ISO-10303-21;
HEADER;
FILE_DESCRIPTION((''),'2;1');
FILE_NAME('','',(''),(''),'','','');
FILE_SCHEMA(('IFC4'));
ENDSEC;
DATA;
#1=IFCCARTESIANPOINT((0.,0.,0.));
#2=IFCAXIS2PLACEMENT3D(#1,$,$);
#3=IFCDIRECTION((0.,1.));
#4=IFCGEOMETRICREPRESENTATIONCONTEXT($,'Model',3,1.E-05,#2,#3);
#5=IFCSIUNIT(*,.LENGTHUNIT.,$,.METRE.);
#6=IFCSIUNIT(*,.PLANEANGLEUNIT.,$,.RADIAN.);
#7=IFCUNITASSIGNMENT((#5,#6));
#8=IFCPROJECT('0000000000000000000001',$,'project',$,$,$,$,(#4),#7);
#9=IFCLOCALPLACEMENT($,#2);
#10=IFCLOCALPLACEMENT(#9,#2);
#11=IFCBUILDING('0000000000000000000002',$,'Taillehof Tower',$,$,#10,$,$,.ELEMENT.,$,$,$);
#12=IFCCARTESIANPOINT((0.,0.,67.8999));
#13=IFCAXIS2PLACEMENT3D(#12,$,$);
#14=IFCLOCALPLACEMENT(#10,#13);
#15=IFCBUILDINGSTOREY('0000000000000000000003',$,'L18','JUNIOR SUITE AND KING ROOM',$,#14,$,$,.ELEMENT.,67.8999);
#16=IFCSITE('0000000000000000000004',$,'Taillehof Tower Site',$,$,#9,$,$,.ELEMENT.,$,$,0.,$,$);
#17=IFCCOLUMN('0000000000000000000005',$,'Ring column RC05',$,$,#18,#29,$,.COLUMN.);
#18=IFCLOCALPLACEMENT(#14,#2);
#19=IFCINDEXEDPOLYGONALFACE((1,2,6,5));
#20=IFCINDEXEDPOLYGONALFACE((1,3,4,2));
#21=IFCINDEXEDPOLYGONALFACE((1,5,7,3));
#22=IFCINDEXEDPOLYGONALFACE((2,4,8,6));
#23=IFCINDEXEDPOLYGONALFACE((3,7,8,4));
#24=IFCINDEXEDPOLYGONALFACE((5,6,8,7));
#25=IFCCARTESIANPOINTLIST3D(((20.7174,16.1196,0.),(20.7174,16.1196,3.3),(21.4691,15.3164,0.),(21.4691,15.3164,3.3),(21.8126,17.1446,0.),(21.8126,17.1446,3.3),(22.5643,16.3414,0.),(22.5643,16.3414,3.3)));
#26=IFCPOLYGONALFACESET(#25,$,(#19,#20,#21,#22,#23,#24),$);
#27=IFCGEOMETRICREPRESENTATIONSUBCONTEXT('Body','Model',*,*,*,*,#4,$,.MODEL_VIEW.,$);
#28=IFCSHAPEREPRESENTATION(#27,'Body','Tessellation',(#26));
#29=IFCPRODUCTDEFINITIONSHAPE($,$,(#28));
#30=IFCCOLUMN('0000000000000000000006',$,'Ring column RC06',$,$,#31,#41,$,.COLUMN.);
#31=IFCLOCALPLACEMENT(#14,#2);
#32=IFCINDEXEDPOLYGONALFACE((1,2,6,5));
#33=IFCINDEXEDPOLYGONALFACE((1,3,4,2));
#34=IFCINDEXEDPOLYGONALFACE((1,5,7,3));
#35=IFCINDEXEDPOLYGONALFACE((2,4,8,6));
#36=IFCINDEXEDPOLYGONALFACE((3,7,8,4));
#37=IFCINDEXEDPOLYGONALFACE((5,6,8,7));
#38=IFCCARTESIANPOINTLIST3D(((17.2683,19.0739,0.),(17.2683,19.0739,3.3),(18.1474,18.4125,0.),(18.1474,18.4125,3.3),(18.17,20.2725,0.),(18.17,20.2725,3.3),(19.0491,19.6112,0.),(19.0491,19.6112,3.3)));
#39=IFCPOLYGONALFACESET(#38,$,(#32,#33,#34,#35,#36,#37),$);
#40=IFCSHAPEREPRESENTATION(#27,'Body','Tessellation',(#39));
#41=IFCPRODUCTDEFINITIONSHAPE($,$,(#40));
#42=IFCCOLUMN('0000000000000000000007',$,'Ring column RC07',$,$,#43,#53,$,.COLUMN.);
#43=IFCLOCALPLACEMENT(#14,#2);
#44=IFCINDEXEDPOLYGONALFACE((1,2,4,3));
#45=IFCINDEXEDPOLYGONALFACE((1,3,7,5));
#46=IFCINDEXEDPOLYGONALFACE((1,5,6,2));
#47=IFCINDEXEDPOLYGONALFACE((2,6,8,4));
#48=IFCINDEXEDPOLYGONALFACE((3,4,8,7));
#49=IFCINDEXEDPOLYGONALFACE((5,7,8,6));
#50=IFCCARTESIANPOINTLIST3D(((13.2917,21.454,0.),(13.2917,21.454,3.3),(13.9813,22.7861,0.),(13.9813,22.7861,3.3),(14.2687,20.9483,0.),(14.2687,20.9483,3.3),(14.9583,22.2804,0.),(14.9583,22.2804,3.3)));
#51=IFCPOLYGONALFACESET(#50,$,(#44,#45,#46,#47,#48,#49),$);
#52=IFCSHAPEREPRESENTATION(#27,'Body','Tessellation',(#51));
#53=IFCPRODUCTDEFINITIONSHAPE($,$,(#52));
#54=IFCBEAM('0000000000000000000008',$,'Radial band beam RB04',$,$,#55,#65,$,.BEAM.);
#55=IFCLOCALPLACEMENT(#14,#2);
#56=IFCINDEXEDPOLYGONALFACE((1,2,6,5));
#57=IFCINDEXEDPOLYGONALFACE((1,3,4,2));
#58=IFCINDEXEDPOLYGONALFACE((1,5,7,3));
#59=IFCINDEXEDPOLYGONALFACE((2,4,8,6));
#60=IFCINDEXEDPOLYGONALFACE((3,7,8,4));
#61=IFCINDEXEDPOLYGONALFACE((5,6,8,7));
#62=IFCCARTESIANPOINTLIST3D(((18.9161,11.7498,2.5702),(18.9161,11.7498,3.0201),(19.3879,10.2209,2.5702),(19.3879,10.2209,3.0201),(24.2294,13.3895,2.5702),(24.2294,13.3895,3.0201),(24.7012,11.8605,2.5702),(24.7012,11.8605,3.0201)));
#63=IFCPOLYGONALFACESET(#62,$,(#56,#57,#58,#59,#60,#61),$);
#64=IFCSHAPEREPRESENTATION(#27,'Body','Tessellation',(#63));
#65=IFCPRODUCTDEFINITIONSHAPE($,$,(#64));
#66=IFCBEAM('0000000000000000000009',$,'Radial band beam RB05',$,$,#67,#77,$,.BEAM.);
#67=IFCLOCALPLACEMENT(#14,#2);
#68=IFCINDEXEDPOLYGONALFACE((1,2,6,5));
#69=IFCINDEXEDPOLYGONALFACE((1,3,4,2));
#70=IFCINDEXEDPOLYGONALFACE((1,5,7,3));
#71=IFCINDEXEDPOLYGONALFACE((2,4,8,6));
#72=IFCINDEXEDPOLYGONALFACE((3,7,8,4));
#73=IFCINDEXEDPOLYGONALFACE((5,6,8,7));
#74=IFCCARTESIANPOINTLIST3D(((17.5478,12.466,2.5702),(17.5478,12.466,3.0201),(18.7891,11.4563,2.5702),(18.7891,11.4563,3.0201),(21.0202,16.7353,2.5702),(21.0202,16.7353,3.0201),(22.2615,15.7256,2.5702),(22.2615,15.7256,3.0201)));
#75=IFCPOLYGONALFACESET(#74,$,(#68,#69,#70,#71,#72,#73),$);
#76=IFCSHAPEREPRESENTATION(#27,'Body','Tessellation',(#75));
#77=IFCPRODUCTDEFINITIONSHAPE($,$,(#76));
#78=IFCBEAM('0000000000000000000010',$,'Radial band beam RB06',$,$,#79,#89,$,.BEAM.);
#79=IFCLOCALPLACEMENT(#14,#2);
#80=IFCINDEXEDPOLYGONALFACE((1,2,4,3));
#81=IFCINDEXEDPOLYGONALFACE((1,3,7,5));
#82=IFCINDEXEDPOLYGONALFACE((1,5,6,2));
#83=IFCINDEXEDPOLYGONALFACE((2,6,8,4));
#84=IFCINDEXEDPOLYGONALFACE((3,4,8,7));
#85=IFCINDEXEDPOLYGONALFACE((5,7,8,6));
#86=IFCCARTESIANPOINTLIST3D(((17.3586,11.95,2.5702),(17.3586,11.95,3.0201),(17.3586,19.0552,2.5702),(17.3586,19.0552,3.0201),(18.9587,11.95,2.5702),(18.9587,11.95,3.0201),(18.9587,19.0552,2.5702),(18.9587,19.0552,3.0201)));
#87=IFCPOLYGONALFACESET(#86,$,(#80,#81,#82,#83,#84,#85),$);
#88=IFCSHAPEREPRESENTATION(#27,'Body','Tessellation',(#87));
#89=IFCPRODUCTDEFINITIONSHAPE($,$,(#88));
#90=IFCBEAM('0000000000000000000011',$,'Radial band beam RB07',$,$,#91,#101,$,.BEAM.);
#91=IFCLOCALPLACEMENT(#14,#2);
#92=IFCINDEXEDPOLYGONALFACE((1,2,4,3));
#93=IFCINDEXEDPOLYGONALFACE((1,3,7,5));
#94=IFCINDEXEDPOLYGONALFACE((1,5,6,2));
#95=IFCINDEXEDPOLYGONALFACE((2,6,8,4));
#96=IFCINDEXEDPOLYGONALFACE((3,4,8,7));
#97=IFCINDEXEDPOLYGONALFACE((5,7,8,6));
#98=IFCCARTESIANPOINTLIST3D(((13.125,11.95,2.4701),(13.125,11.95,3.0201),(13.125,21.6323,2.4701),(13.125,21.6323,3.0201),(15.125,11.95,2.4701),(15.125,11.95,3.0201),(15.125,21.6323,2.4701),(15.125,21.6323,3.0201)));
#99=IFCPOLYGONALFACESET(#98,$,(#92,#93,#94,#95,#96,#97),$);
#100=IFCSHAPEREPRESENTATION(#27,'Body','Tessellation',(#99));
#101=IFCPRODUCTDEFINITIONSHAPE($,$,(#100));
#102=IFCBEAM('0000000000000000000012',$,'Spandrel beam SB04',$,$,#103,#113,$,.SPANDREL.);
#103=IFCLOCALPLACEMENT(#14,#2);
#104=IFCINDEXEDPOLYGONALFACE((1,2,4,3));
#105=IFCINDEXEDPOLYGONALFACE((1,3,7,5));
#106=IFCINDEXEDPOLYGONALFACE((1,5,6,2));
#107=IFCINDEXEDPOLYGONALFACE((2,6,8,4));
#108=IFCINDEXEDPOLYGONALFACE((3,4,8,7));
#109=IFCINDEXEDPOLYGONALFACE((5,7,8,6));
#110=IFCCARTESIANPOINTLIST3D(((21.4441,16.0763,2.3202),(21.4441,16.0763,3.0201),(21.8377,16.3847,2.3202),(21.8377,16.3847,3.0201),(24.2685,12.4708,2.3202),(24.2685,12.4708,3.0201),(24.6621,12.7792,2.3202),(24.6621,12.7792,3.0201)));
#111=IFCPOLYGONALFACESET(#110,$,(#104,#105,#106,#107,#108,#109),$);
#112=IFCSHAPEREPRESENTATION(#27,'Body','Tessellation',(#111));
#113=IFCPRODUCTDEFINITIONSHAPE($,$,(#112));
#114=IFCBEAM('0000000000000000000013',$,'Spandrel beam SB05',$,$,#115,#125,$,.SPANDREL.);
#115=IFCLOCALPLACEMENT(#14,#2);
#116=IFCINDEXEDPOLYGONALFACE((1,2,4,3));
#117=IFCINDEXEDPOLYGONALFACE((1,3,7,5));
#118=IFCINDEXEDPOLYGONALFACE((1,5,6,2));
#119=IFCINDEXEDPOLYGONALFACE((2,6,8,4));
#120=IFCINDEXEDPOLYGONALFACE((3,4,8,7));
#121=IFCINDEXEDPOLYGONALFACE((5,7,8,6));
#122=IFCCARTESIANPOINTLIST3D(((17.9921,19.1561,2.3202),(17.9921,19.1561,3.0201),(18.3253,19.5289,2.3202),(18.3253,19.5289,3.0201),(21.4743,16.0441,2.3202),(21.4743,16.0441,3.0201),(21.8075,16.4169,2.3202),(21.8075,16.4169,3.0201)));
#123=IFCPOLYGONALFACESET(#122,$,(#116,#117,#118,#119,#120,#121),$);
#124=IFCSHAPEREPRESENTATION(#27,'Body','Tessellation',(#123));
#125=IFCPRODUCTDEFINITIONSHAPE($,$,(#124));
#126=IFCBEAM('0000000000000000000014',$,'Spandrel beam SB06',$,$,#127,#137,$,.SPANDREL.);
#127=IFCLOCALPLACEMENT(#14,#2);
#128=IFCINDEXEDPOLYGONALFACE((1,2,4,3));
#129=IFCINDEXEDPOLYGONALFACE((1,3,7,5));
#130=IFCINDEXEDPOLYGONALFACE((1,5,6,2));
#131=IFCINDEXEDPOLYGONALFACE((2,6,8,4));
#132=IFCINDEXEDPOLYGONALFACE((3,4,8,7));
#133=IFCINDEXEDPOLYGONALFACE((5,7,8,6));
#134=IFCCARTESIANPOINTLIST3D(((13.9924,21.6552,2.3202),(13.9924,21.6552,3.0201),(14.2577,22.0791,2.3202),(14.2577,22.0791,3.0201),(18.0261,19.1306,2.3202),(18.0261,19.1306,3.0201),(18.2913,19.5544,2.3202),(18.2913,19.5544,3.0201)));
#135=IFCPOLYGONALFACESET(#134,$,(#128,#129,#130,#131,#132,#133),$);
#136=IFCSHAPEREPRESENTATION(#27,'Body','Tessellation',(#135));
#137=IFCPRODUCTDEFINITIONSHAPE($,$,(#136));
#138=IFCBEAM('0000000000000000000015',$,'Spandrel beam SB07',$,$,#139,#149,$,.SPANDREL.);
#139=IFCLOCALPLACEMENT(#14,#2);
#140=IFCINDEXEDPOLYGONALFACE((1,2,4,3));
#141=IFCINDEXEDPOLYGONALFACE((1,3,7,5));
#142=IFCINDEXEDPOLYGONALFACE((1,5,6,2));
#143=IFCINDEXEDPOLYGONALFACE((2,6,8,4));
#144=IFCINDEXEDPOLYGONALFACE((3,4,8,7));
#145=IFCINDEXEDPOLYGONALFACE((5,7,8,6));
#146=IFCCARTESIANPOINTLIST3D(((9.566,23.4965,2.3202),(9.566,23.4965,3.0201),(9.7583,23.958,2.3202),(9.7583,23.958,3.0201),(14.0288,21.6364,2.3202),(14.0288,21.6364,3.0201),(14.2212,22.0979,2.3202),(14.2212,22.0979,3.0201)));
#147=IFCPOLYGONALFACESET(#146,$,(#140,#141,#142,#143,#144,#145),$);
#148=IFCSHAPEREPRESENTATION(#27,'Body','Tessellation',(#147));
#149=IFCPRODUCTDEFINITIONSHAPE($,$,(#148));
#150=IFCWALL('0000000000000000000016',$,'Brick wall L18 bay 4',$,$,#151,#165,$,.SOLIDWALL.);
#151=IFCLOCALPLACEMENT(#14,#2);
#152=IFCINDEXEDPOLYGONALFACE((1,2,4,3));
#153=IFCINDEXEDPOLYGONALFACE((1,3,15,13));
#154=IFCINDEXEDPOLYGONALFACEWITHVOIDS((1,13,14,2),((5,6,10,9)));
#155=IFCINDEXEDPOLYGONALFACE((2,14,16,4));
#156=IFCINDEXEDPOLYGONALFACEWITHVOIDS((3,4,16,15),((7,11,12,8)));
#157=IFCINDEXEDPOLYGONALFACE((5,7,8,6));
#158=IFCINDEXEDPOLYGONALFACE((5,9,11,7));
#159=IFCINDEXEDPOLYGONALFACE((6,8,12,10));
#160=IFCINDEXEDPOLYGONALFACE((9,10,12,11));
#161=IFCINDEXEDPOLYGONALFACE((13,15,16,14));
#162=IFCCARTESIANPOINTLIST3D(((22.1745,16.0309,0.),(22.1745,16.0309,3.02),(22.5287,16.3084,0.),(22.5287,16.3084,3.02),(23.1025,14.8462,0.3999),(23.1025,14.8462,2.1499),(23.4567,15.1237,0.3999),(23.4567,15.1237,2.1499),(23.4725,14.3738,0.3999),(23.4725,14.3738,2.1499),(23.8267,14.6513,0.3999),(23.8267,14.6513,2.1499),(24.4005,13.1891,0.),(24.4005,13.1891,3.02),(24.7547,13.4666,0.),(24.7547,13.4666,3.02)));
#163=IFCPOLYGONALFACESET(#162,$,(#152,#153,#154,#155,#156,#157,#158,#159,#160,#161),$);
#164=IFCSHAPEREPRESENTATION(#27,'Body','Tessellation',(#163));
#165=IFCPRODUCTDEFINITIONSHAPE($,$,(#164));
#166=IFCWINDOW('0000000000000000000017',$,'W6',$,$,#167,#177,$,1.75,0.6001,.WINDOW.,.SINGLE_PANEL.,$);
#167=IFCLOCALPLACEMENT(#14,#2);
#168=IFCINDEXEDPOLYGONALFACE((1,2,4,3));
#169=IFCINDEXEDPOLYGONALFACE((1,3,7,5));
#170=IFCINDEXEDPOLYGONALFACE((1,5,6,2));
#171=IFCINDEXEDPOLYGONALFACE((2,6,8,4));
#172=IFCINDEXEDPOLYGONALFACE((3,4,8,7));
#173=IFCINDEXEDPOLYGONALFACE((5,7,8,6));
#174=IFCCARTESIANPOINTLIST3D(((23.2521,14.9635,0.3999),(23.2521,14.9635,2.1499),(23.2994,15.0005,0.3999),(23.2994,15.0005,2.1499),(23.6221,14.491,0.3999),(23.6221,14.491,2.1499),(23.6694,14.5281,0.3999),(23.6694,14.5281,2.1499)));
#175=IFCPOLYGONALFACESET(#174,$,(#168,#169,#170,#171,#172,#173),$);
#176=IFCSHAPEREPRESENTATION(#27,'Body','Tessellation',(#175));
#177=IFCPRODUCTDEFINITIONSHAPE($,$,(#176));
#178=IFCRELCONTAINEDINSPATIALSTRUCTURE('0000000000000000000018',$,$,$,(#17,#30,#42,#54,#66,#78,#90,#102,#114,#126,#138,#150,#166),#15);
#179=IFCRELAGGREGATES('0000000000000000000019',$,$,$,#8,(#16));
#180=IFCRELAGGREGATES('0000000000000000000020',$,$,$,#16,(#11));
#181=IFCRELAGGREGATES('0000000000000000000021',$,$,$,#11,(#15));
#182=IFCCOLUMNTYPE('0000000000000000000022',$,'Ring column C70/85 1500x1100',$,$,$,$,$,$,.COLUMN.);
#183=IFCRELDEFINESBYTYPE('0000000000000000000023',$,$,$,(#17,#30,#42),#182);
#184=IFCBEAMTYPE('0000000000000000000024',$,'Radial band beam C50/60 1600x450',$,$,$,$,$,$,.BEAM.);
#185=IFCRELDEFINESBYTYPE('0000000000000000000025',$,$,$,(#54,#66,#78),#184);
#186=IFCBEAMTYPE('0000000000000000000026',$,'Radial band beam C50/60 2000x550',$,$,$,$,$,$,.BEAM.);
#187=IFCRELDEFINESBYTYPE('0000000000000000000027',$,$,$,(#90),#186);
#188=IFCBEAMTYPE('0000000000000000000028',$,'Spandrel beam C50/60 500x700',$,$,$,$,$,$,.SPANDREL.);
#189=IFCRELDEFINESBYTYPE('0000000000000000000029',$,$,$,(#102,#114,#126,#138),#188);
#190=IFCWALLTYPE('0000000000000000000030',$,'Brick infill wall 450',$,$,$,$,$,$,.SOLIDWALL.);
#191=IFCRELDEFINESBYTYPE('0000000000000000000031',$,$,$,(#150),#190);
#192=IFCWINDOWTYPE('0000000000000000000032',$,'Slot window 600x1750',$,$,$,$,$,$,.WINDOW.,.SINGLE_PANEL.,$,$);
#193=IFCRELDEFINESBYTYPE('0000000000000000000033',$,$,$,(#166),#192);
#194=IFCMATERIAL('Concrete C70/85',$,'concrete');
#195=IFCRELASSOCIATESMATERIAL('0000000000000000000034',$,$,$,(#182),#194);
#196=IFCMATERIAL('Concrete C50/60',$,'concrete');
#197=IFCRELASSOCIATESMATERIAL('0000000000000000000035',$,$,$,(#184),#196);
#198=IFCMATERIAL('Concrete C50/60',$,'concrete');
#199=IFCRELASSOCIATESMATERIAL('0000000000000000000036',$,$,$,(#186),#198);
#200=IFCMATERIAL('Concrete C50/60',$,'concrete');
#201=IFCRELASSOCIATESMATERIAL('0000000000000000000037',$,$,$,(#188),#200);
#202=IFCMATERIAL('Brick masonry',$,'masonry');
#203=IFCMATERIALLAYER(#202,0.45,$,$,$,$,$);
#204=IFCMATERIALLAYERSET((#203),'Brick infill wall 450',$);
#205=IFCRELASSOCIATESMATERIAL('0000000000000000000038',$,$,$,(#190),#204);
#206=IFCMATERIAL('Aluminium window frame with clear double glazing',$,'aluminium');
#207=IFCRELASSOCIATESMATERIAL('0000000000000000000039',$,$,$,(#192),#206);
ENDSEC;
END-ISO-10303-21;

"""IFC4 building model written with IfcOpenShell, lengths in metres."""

from ifc_helpers import new_model, si_unit, direction, frame, frame_2d, origin, origin_2d, place, context, subcontext, project, spatial, rectangle, extrude, material, layer, layer_set, material_profile, profile_set, type_object, element, fill, save


model = new_model("IFC4")

# Units and contexts
model_context = context("Model", 3, precision=1e-05, world=origin(), true_north=direction((0.0, 1.0)))
body_context = subcontext(model_context, "Body", "Model", "MODEL_VIEW")
ifc_project = project(units=[si_unit("LENGTHUNIT", "METRE"), si_unit("PLANEANGLEUNIT", "RADIAN")], contexts=[model_context])

# Site, building, storey
site_placement = place(None, origin())
site = spatial("IfcSite", under=ifc_project, at=site_placement, Name="Taillehof Tower Site", CompositionType="ELEMENT", RefElevation=0.0)
building_placement = place(site_placement, origin())
building = spatial("IfcBuilding", under=site, at=building_placement, Name="Taillehof Tower", CompositionType="ELEMENT")
storey_placement = place(building_placement, frame((0.0, 0.0, 67.8999)))
storey = spatial("IfcBuildingStorey", under=building, at=storey_placement, Name="L18", Description="JUNIOR SUITE AND KING ROOM", CompositionType="ELEMENT", Elevation=67.8999)

# Columns
ifc_material_1 = material(Name="Concrete C70/85", Category="concrete")
ifc_material_profile_1 = material_profile(ifc_material_1, rectangle(XDim=1.5, YDim=1.1001, at=origin_2d()), Name="RC 1500x1100")
ifc_profile_set_1 = profile_set([ifc_material_profile_1], Name="Concrete C70/85")
column_type = type_object("IfcColumnType", Name="Ring column C70/85 1500x1100", PredefinedType="COLUMN", material=ifc_profile_set_1)
for number, where, z_axis, x_axis, name in (
    (1, (21.6409, 16.2305, 0.0), (0.0, 0.0, 1.0), (0.730113, 0.683326, 0.0), "Ring column RC05"),
    (2, (18.1587, 19.3425, 0.0), (0.0, 0.0, 1.0), (0.601174, 0.799118, 0.0), "Ring column RC06"),
    (3, (14.125, 21.8672, 0.0), (0.0, 0.0, 1.0), (0.459691, 0.888079, 0.0), "Ring column RC07"),
):
    element("IfcColumn", number, at=place(storey_placement, frame(where, z_axis=z_axis, x_axis=x_axis)), inside=storey, type_object=column_type, Name=name, PredefinedType="COLUMN", context=body_context, shape_type="SweptSolid", body=[
        extrude(rectangle(XDim=1.5, YDim=1.1001, at=origin_2d()), origin(), (0.0, 0.0, 1.0), 3.3),
    ])

# Beams
ifc_material_2 = material(Name="Concrete C50/60", Category="concrete")
ifc_material_profile_2 = material_profile(ifc_material_2, rectangle(XDim=1.6001, YDim=0.45, at=origin_2d()), Name="RC 1600x450")
ifc_profile_set_2 = profile_set([ifc_material_profile_2], Name="Concrete C50/60")
beam_type_1 = type_object("IfcBeamType", Name="Radial band beam C50/60 1600x450", PredefinedType="BEAM", material=ifc_profile_set_2)
beam_1_placement = place(storey_placement, frame((24.4653, 12.625, 2.7952), z_axis=(-0.955536, -0.294876, 0.0), x_axis=(0.294876, -0.955536, 0.0)))
element("IfcBeam", 4, at=beam_1_placement, inside=storey, type_object=beam_type_1, Name="Radial band beam RB04", PredefinedType="BEAM", context=body_context, shape_type="SweptSolid", body=[
    extrude(rectangle(XDim=1.6001, YDim=0.45, at=origin_2d()), origin(), (0.0, 0.0, 1.0), 5.5605),
])
beam_2_placement = place(storey_placement, frame((21.6409, 16.2305, 2.7952), z_axis=(-0.630988, -0.775792, 0.0), x_axis=(0.775792, -0.630988, 0.0)))
element("IfcBeam", 5, at=beam_2_placement, inside=storey, type_object=beam_type_1, Name="Radial band beam RB05", PredefinedType="BEAM", context=body_context, shape_type="SweptSolid", body=[
    extrude(rectangle(XDim=1.6001, YDim=0.45, at=origin_2d()), origin(), (0.0, 0.0, 1.0), 5.5032),
])
beam_3_placement = place(storey_placement, frame((18.1587, 19.0552, 2.7952), z_axis=(0.0, -1.0, 0.0), x_axis=(1.0, 0.0, 0.0)))
element("IfcBeam", 6, at=beam_3_placement, inside=storey, type_object=beam_type_1, Name="Radial band beam RB06", PredefinedType="BEAM", context=body_context, shape_type="SweptSolid", body=[
    extrude(rectangle(XDim=1.6001, YDim=0.45, at=origin_2d()), origin(), (0.0, 0.0, 1.0), 7.1052),
])
ifc_material_3 = material(Name="Concrete C50/60", Category="concrete")
ifc_material_profile_3 = material_profile(ifc_material_3, rectangle(XDim=2.0, YDim=0.55, at=origin_2d()), Name="RC 2000x550")
ifc_profile_set_3 = profile_set([ifc_material_profile_3], Name="Concrete C50/60")
beam_type_2 = type_object("IfcBeamType", Name="Radial band beam C50/60 2000x550", PredefinedType="BEAM", material=ifc_profile_set_3)
beam_4_placement = place(storey_placement, frame((14.125, 21.6323, 2.7451), z_axis=(0.0, -1.0, 0.0), x_axis=(1.0, 0.0, 0.0)))
element("IfcBeam", 7, at=beam_4_placement, inside=storey, type_object=beam_type_2, Name="Radial band beam RB07", PredefinedType="BEAM", context=body_context, shape_type="SweptSolid", body=[
    extrude(rectangle(XDim=2.0, YDim=0.55, at=origin_2d()), origin(), (0.0, 0.0, 1.0), 9.6824),
])
ifc_material_4 = material(Name="Concrete C50/60", Category="concrete")
ifc_material_profile_4 = material_profile(ifc_material_4, rectangle(XDim=0.5, YDim=0.7, at=origin_2d()), Name="RC 500x700")
ifc_profile_set_4 = profile_set([ifc_material_profile_4], Name="Concrete C50/60")
beam_type_3 = type_object("IfcBeamType", Name="Spandrel beam C50/60 500x700", PredefinedType="SPANDREL", material=ifc_profile_set_4)
beam_5_placement = place(storey_placement, frame((24.4653, 12.625, 2.6702), z_axis=(-0.616686, 0.787209, 0.0), x_axis=(-0.787209, -0.616686, 0.0)))
element("IfcBeam", 8, at=beam_5_placement, inside=storey, type_object=beam_type_3, Name="Spandrel beam SB04", PredefinedType="SPANDREL", context=body_context, shape_type="SweptSolid", body=[
    extrude(rectangle(XDim=0.5, YDim=0.7, at=origin_2d()), origin(), (0.0, 0.0, 1.0), 4.5801),
])
beam_6_placement = place(storey_placement, frame((21.6409, 16.2305, 2.6702), z_axis=(-0.745621, 0.66637, 0.0), x_axis=(-0.66637, -0.745621, 0.0)))
element("IfcBeam", 9, at=beam_6_placement, inside=storey, type_object=beam_type_3, Name="Spandrel beam SB05", PredefinedType="SPANDREL", context=body_context, shape_type="SweptSolid", body=[
    extrude(rectangle(XDim=0.5, YDim=0.7, at=origin_2d()), origin(), (0.0, 0.0, 1.0), 4.6702),
])
beam_7_placement = place(storey_placement, frame((18.1587, 19.3425, 2.6702), z_axis=(-0.847658, 0.530543, 0.0), x_axis=(-0.530543, -0.847658, 0.0)))
element("IfcBeam", 10, at=beam_7_placement, inside=storey, type_object=beam_type_3, Name="Spandrel beam SB06", PredefinedType="SPANDREL", context=body_context, shape_type="SweptSolid", body=[
    extrude(rectangle(XDim=0.5, YDim=0.7, at=origin_2d()), origin(), (0.0, 0.0, 1.0), 4.7585),
])
beam_8_placement = place(storey_placement, frame((14.125, 21.8672, 2.6702), z_axis=(-0.923035, 0.384716, 0.0), x_axis=(-0.384716, -0.923035, 0.0)))
element("IfcBeam", 11, at=beam_8_placement, inside=storey, type_object=beam_type_3, Name="Spandrel beam SB07", PredefinedType="SPANDREL", context=body_context, shape_type="SweptSolid", body=[
    extrude(rectangle(XDim=0.5, YDim=0.7, at=origin_2d()), origin(), (0.0, 0.0, 1.0), 4.835),
])

# Wall, opening, window
ifc_material_5 = material(Name="Brick masonry", Category="masonry")
ifc_layer_1 = layer(ifc_material_5, 0.45)
ifc_layer_set_1 = layer_set([ifc_layer_1], Name="Brick infill wall 450")
wall_type_1 = type_object("IfcWallType", Name="Brick infill wall 450", PredefinedType="SOLIDWALL", material=ifc_layer_set_1)
wall_1_placement = place(storey_placement, frame((24.5776, 13.3279, 0.0), z_axis=(0.0, 0.0, 1.0), x_axis=(-0.616662, 0.787228, 0.0)))
wall_1 = element("IfcWall", 12, at=wall_1_placement, inside=storey, type_object=wall_type_1, Name="Brick wall L18 bay 4", PredefinedType="SOLIDWALL", context=body_context, shape_type="SweptSolid", body=[
    extrude(rectangle(XDim=3.6099, YDim=0.45, at=frame_2d((1.8049, 0.0))), origin(), (0.0, 0.0, 1.0), 3.02),
])
opening_1_placement = place(wall_1_placement, frame((1.5049, 0.0, 0.3999)))
opening_1 = element("IfcOpeningElement", 13, at=opening_1_placement, cuts=wall_1, PredefinedType="OPENING", context=body_context, shape_type="SweptSolid", body=[
    extrude(rectangle(XDim=0.6001, YDim=1.75, at=frame_2d((0.3, 0.875))), frame((0.0, 0.2349, 0.0), z_axis=(0.0, -1.0, 0.0), x_axis=(1.0, 0.0, 0.0)), (0.0, 0.0, 1.0), 0.47),
])
ifc_material_6 = material(Name="Aluminium window frame with clear double glazing", Category="aluminium")
window_type_1 = type_object("IfcWindowType", Name="Slot window 600x1750", PartitioningType="SINGLE_PANEL", PredefinedType="WINDOW", material=ifc_material_6)
window_1_placement = place(opening_1_placement, origin())
window_1 = element("IfcWindow", 14, at=window_1_placement, inside=storey, type_object=window_type_1, Name="W6", OverallHeight=1.75, OverallWidth=0.6001, PartitioningType="SINGLE_PANEL", PredefinedType="WINDOW", context=body_context, shape_type="SweptSolid", body=[
    extrude(rectangle(XDim=0.6001, YDim=1.75, at=frame_2d((0.3, 0.875))), frame((0.0, 0.0349, 0.0), z_axis=(0.0, -1.0, 0.0), x_axis=(1.0, 0.0, 0.0)), (0.0, 0.0, 1.0), 0.0601),
])
fill(opening_1, window_1)

save(model, "model.ifc")
